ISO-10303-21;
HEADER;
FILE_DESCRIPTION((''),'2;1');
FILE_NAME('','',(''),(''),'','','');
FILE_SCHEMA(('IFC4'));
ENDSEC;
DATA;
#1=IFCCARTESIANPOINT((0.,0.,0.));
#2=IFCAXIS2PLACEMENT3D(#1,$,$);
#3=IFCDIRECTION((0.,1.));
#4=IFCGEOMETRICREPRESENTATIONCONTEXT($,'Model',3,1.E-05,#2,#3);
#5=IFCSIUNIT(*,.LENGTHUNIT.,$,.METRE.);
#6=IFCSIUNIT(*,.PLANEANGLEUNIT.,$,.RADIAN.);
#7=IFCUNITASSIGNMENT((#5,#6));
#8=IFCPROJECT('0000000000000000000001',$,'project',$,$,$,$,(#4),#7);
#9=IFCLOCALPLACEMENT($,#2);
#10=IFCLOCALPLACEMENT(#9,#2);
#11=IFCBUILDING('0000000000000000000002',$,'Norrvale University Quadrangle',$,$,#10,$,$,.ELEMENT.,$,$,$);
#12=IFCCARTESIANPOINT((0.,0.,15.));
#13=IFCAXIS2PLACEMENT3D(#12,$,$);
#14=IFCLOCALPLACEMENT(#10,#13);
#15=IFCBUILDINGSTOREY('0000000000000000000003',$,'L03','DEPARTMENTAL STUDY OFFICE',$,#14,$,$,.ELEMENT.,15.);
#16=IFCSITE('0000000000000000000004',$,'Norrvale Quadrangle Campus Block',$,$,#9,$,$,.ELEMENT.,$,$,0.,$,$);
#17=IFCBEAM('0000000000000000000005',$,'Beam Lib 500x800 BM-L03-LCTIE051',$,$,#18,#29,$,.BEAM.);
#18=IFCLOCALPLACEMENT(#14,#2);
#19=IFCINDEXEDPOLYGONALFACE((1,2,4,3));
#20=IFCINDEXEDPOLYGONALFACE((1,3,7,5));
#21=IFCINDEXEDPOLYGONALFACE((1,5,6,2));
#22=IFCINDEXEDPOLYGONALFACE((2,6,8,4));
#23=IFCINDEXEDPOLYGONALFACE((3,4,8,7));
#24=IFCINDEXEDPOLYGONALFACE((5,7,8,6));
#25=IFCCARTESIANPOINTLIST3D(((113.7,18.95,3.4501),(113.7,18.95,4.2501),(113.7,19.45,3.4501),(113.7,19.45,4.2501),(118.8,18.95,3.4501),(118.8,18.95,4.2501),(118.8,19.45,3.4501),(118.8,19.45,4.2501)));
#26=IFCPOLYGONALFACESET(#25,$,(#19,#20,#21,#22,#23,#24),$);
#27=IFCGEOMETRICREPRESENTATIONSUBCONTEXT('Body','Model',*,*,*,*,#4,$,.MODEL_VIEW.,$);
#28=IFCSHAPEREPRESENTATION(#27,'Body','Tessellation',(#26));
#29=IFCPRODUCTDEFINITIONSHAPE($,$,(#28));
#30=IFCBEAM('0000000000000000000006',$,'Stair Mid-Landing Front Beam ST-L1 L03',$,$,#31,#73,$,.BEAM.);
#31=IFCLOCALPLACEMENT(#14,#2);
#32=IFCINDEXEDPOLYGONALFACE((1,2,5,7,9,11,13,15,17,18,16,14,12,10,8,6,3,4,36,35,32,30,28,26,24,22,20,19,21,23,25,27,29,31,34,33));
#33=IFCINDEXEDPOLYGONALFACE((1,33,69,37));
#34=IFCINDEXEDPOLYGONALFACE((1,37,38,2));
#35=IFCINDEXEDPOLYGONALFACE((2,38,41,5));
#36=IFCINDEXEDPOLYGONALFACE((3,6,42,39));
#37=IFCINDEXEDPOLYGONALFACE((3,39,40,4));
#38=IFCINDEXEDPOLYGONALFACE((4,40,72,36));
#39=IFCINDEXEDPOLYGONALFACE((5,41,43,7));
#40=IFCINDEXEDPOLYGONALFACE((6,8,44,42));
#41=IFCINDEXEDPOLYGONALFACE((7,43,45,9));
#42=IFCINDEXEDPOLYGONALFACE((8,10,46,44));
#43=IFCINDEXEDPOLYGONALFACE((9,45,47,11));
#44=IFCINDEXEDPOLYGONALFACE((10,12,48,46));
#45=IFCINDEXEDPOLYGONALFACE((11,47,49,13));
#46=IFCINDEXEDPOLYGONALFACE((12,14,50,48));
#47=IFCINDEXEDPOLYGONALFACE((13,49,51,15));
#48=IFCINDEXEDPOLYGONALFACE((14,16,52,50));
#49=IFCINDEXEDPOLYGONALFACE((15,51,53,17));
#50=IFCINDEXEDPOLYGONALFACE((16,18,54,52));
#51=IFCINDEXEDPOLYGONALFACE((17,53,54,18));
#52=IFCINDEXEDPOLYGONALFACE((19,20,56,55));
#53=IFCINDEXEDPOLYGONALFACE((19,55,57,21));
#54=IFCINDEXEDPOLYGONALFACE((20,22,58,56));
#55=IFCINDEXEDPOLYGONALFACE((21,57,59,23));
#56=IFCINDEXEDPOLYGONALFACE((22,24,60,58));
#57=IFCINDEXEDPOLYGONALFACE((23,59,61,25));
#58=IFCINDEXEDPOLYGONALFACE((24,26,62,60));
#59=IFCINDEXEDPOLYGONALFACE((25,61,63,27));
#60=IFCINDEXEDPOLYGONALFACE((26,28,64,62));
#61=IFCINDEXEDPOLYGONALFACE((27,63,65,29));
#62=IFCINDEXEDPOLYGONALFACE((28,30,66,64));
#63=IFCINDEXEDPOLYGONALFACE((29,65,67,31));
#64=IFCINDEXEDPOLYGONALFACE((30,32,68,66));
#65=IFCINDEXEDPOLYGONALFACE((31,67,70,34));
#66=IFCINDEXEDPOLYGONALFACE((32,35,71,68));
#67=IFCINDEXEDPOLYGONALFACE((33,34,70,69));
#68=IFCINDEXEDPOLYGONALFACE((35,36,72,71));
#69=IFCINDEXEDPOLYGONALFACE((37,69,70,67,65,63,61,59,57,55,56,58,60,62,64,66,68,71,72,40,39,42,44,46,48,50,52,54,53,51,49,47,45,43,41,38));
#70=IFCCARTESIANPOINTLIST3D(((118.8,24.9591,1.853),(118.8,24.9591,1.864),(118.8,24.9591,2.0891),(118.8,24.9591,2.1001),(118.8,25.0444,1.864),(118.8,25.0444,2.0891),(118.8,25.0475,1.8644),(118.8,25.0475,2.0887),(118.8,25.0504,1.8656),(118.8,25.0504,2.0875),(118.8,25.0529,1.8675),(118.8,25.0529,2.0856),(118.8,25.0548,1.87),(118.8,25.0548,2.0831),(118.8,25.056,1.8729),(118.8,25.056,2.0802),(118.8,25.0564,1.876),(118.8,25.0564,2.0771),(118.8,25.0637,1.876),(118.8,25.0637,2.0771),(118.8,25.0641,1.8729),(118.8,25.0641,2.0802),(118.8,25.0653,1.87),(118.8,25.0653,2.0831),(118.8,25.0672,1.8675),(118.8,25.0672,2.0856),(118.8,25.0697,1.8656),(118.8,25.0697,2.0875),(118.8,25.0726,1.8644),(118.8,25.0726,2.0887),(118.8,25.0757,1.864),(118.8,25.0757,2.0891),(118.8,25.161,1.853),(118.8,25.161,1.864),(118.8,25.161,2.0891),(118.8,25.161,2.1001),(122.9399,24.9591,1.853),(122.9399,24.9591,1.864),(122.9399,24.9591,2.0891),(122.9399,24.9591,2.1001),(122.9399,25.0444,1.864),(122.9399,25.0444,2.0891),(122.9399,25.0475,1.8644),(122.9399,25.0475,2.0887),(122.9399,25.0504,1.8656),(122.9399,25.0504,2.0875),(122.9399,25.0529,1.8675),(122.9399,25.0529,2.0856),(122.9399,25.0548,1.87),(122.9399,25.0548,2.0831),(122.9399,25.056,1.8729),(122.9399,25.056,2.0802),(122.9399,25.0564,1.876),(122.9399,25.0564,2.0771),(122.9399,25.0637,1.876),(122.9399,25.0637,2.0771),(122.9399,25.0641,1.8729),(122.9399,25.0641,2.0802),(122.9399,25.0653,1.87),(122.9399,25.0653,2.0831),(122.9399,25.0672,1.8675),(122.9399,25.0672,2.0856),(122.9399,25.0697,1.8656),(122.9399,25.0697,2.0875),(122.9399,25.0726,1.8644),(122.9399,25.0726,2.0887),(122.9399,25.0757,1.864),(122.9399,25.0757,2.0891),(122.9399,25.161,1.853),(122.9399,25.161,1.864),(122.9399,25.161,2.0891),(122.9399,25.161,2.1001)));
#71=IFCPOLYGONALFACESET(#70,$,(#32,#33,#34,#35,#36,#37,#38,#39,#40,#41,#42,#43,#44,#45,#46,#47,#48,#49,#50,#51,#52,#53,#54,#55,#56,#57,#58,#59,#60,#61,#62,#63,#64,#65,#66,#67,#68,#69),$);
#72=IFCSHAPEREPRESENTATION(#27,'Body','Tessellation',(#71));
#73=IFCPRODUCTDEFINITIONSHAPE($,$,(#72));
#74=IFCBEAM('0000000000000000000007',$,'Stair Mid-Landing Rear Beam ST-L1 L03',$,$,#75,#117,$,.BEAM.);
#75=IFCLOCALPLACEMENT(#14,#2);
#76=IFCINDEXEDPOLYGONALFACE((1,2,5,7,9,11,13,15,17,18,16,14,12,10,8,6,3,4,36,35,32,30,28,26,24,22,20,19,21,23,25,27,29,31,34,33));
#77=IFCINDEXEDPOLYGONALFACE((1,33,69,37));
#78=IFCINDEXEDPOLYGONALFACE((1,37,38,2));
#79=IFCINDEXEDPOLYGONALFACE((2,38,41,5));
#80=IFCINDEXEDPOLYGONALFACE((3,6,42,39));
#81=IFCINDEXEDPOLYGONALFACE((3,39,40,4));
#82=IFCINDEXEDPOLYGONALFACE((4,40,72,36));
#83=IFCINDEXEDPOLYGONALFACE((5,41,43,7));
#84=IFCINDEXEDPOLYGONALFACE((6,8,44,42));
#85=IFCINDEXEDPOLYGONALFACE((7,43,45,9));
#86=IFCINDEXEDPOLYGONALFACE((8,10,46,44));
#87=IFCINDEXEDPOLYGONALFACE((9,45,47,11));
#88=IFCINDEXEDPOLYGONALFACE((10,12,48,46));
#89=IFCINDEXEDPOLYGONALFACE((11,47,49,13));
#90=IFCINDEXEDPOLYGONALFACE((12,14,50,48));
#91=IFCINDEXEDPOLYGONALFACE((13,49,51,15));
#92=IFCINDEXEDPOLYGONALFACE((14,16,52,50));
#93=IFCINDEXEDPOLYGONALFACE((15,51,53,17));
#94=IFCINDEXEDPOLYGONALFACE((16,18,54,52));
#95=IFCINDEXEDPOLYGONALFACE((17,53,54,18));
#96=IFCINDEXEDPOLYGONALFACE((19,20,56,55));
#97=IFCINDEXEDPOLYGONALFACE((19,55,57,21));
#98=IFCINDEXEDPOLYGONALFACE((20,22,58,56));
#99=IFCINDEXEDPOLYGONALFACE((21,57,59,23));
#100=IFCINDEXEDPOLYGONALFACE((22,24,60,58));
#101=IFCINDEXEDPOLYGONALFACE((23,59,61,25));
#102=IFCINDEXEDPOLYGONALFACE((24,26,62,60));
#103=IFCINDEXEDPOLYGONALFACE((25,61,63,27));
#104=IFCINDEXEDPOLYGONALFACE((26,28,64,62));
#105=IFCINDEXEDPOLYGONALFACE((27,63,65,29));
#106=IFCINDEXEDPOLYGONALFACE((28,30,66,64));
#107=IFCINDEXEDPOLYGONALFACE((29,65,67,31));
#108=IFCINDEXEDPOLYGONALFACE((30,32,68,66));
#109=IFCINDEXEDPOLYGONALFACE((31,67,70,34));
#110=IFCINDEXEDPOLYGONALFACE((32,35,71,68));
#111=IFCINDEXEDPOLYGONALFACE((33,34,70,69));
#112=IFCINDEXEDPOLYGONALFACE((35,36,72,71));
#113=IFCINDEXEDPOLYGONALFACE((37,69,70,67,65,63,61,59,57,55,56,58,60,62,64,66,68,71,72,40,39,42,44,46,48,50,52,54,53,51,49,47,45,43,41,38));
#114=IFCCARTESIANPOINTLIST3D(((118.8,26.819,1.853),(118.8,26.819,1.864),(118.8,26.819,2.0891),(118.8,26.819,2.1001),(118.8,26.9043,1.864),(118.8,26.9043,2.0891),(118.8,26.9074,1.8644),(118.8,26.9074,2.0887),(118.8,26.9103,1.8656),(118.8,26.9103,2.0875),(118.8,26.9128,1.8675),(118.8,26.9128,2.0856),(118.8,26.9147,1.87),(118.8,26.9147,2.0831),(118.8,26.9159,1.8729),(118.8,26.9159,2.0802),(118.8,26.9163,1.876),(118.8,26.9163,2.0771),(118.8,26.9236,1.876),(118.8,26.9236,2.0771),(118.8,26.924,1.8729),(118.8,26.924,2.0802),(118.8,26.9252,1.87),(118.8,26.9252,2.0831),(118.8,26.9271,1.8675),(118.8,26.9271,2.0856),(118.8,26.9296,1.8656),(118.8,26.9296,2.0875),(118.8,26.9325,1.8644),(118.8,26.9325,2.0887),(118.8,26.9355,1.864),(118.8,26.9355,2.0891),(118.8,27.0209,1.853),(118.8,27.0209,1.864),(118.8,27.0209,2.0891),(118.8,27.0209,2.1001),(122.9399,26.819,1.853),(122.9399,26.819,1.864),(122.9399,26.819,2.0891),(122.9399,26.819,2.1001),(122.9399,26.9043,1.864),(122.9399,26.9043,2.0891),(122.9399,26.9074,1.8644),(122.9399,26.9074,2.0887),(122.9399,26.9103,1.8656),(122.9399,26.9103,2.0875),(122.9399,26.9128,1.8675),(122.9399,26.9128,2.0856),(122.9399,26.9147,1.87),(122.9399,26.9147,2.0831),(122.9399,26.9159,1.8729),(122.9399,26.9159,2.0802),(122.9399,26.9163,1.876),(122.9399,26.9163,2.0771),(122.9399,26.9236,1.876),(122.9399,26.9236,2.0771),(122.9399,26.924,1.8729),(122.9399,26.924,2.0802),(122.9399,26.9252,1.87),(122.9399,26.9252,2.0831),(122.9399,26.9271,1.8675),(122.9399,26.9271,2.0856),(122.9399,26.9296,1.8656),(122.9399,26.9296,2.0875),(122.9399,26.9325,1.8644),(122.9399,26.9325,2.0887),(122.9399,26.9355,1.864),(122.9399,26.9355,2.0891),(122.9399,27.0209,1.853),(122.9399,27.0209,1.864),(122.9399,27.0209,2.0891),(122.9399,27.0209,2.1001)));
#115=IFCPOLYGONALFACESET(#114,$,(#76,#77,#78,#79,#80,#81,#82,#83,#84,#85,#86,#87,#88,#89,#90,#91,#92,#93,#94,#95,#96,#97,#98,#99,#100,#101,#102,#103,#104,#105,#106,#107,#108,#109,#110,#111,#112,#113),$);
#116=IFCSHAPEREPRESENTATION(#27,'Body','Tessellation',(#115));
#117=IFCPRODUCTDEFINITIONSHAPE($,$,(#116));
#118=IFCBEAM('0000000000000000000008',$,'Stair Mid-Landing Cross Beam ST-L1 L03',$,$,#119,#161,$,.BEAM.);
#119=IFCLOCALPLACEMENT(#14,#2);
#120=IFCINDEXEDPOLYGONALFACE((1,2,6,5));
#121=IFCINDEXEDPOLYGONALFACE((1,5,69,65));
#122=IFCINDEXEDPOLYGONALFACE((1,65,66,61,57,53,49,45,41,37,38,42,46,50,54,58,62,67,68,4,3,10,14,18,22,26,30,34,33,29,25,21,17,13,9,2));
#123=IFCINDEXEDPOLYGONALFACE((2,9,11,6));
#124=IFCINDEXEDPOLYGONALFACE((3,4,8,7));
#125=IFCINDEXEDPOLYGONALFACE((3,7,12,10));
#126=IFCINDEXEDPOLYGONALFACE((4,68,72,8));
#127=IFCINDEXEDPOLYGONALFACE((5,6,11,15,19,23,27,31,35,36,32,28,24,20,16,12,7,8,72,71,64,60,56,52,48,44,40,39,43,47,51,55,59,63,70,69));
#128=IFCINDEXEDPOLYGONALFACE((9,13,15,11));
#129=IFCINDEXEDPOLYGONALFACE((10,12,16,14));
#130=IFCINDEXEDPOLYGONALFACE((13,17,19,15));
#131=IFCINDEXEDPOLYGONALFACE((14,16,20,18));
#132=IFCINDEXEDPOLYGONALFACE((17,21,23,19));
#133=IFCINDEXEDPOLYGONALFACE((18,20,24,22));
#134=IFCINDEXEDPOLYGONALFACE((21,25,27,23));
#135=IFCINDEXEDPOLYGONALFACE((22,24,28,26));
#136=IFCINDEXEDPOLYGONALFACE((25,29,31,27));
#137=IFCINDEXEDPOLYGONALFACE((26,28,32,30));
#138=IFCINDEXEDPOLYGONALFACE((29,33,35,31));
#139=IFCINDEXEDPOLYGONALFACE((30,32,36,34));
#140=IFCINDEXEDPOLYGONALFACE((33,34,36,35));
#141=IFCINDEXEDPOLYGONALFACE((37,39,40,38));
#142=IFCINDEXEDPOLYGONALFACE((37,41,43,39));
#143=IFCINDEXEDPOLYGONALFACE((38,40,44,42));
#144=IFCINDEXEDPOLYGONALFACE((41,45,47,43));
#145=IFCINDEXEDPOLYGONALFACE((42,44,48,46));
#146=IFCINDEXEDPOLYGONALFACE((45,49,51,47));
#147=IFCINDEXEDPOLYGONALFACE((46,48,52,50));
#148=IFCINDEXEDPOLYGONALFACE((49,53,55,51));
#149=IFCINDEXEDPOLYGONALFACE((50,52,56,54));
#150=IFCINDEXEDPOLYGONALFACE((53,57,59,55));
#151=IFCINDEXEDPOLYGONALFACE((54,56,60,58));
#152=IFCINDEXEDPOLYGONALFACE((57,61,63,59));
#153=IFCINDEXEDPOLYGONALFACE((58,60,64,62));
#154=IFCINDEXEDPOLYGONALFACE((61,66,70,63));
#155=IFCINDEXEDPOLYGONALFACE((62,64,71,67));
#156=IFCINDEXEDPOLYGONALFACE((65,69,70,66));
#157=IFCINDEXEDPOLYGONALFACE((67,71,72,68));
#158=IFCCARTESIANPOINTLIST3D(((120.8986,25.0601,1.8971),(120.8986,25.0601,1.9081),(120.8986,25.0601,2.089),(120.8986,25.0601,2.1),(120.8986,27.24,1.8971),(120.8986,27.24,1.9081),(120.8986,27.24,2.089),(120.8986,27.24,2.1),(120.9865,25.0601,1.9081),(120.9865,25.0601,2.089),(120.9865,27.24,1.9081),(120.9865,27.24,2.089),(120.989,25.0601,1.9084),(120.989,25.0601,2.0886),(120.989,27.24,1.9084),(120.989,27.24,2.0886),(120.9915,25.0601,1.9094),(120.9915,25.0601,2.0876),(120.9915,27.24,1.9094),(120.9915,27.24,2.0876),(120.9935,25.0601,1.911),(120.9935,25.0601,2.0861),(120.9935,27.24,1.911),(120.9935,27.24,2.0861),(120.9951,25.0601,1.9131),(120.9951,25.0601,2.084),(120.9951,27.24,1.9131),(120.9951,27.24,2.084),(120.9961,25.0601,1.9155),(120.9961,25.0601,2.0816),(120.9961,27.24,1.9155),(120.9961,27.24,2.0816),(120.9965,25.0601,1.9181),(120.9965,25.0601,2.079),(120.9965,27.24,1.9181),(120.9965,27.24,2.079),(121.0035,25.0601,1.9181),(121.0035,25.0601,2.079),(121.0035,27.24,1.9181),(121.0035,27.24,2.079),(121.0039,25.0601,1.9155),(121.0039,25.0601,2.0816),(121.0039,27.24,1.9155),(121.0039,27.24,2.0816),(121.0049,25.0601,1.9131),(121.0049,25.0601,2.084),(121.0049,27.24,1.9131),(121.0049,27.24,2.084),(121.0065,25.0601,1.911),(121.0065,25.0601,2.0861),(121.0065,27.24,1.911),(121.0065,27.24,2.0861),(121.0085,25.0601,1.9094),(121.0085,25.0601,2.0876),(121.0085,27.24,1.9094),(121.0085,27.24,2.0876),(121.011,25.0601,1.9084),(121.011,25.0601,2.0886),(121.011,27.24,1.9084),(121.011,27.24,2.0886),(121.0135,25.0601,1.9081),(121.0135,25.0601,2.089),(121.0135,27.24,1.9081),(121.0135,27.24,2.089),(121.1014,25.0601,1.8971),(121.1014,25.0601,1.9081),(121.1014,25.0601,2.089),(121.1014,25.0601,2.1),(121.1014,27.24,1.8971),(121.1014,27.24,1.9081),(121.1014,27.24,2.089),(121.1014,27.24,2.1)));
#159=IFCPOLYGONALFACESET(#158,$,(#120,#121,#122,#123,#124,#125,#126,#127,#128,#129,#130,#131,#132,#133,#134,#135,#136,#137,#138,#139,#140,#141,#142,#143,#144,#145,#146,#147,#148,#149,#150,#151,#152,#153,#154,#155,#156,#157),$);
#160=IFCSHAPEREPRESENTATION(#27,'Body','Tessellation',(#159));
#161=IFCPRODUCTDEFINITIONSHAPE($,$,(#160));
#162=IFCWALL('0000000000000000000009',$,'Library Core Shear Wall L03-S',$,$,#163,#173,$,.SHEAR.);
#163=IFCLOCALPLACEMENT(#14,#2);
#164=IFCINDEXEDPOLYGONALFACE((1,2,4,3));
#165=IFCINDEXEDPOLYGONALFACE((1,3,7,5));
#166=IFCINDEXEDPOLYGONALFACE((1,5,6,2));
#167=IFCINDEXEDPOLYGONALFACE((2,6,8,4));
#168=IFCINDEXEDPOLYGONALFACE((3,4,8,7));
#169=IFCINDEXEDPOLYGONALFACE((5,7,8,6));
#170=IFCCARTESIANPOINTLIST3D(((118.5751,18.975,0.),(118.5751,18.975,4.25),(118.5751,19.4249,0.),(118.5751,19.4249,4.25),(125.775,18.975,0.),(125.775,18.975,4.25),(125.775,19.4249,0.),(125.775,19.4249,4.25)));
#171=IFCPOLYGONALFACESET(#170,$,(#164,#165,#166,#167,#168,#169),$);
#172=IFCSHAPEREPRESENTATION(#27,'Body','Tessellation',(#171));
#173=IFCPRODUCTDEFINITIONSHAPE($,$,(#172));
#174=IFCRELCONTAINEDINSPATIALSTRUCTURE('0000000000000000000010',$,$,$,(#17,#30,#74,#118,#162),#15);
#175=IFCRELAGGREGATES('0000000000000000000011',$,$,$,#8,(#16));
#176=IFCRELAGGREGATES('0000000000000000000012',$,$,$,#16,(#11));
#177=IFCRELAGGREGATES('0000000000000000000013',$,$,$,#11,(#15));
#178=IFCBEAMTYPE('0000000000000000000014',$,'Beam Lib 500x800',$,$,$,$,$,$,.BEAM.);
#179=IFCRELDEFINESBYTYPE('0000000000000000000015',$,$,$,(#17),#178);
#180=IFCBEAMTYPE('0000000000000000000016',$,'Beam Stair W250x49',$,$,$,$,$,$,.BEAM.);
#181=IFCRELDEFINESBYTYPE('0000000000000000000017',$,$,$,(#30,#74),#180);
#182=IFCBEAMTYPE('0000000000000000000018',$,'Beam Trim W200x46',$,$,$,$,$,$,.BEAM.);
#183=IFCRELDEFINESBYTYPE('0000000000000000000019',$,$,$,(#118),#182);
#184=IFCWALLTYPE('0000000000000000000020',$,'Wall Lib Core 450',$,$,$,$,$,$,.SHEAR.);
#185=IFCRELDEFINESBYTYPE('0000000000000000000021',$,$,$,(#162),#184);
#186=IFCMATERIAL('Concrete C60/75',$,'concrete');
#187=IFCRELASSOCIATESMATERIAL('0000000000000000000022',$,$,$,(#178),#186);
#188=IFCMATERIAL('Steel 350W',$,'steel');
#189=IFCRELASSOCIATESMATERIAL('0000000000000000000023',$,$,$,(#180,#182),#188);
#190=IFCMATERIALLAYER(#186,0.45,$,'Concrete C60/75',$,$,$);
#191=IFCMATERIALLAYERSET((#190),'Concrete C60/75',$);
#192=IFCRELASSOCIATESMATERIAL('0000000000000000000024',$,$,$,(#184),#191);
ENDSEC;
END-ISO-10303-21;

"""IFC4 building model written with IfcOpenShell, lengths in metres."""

from ifc_helpers import new_model, si_unit, direction, frame, frame_2d, origin, origin_2d, place, context, subcontext, project, spatial, rectangle, i_section, extrude, material, layer, layer_set, material_profile, profile_set, type_object, element, save


model = new_model("IFC4")

# Units and contexts
model_context = context("Model", 3, precision=1e-05, world=origin(), true_north=direction((0.0, 1.0)))
body_context = subcontext(model_context, "Body", "Model", "MODEL_VIEW")
ifc_project = project(units=[si_unit("LENGTHUNIT", "METRE"), si_unit("PLANEANGLEUNIT", "RADIAN")], contexts=[model_context])

# Site, building, storey
site_placement = place(None, origin())
site = spatial("IfcSite", under=ifc_project, at=site_placement, Name="Norrvale Quadrangle Campus Block", CompositionType="ELEMENT", RefElevation=0.0)
building_placement = place(site_placement, origin())
building = spatial("IfcBuilding", under=site, at=building_placement, Name="Norrvale University Quadrangle", CompositionType="ELEMENT")
storey_placement = place(building_placement, frame((0.0, 0.0, 15.0)))
storey = spatial("IfcBuildingStorey", under=building, at=storey_placement, Name="L03", Description="DEPARTMENTAL STUDY OFFICE", CompositionType="ELEMENT", Elevation=15.0)

# Beams
ifc_material_1 = material(Name="Concrete C60/75", Category="concrete")
ifc_material_profile_1 = material_profile(ifc_material_1, rectangle(XDim=0.5, YDim=0.8, at=origin_2d()), Name="Concrete C60/75")
ifc_profile_set_1 = profile_set([ifc_material_profile_1], Name="Concrete C60/75")
beam_type_1 = type_object("IfcBeamType", Name="Beam Lib 500x800", PredefinedType="BEAM", material=ifc_profile_set_1)
beam_1_placement = place(storey_placement, frame((113.7, 19.2, 3.8501), z_axis=(1.0, 0.0, 0.0), x_axis=(0.0, 1.0, 0.0)))
element("IfcBeam", 1, at=beam_1_placement, inside=storey, type_object=beam_type_1, Name="Beam Lib 500x800 BM-L03-LCTIE051", PredefinedType="BEAM", context=body_context, shape_type="SweptSolid", body=[
    extrude(rectangle(XDim=0.5, YDim=0.8, at=origin_2d()), origin(), (0.0, 0.0, 1.0), 5.1001),
])
ifc_material_2 = material(Name="Steel 350W", Category="steel")
ifc_material_profile_2 = material_profile(ifc_material_2, i_section(OverallWidth=0.2019, OverallDepth=0.2471, WebThickness=0.0073, FlangeThickness=0.011, FilletRadius=0.012, at=origin_2d()), Name="Steel 350W")
ifc_profile_set_2 = profile_set([ifc_material_profile_2], Name="Steel 350W")
beam_type_2 = type_object("IfcBeamType", Name="Beam Stair W250x49", PredefinedType="BEAM", material=ifc_profile_set_2)
for number, where, z_axis, x_axis, name in (
    (2, (118.8, 25.0601, 1.9766), (1.0, 0.0, 0.0), (0.0, 1.0, 0.0), "Stair Mid-Landing Front Beam ST-L1 L03"),
    (3, (118.8, 26.9199, 1.9766), (1.0, 0.0, 0.0), (0.0, 1.0, 0.0), "Stair Mid-Landing Rear Beam ST-L1 L03"),
):
    element("IfcBeam", number, at=place(storey_placement, frame(where, z_axis=z_axis, x_axis=x_axis)), inside=storey, type_object=beam_type_2, Name=name, PredefinedType="BEAM", context=body_context, shape_type="SweptSolid", body=[
        extrude(i_section(OverallWidth=0.2019, OverallDepth=0.2471, WebThickness=0.0073, FlangeThickness=0.011, FilletRadius=0.012, at=origin_2d()), origin(), (0.0, 0.0, 1.0), 4.1399),
    ])
ifc_material_profile_3 = material_profile(ifc_material_2, i_section(OverallWidth=0.2029, OverallDepth=0.2029, WebThickness=0.0071, FlangeThickness=0.011, FilletRadius=0.01, at=origin_2d()), Name="Steel 350W")
ifc_profile_set_3 = profile_set([ifc_material_profile_3], Name="Steel 350W")
beam_type_3 = type_object("IfcBeamType", Name="Beam Trim W200x46", PredefinedType="BEAM", material=ifc_profile_set_3)
beam_2_placement = place(storey_placement, frame((121.0, 25.0601, 1.9985), z_axis=(0.0, 1.0, 0.0), x_axis=(-1.0, 0.0, 0.0)))
element("IfcBeam", 4, at=beam_2_placement, inside=storey, type_object=beam_type_3, Name="Stair Mid-Landing Cross Beam ST-L1 L03", PredefinedType="BEAM", context=body_context, shape_type="SweptSolid", body=[
    extrude(i_section(OverallWidth=0.2029, OverallDepth=0.2029, WebThickness=0.0071, FlangeThickness=0.011, FilletRadius=0.01, at=origin_2d()), origin(), (0.0, 0.0, 1.0), 2.1799),
])

# Wall
ifc_layer_1 = layer(ifc_material_1, 0.45, Name="Concrete C60/75")
ifc_layer_set_1 = layer_set([ifc_layer_1], Name="Concrete C60/75")
wall_type_1 = type_object("IfcWallType", Name="Wall Lib Core 450", PredefinedType="SHEAR", material=ifc_layer_set_1)
wall_1_placement = place(storey_placement, frame((118.575, 19.2, 0.0), z_axis=(0.0, 0.0, 1.0), x_axis=(1.0, 0.0, 0.0)))
element("IfcWall", 5, at=wall_1_placement, inside=storey, type_object=wall_type_1, Name="Library Core Shear Wall L03-S", PredefinedType="SHEAR", context=body_context, shape_type="SweptSolid", body=[
    extrude(rectangle(XDim=7.2, YDim=0.45, at=frame_2d((3.6001, 0.0))), origin(), (0.0, 0.0, 1.0), 4.25),
])

save(model, "model.ifc")
